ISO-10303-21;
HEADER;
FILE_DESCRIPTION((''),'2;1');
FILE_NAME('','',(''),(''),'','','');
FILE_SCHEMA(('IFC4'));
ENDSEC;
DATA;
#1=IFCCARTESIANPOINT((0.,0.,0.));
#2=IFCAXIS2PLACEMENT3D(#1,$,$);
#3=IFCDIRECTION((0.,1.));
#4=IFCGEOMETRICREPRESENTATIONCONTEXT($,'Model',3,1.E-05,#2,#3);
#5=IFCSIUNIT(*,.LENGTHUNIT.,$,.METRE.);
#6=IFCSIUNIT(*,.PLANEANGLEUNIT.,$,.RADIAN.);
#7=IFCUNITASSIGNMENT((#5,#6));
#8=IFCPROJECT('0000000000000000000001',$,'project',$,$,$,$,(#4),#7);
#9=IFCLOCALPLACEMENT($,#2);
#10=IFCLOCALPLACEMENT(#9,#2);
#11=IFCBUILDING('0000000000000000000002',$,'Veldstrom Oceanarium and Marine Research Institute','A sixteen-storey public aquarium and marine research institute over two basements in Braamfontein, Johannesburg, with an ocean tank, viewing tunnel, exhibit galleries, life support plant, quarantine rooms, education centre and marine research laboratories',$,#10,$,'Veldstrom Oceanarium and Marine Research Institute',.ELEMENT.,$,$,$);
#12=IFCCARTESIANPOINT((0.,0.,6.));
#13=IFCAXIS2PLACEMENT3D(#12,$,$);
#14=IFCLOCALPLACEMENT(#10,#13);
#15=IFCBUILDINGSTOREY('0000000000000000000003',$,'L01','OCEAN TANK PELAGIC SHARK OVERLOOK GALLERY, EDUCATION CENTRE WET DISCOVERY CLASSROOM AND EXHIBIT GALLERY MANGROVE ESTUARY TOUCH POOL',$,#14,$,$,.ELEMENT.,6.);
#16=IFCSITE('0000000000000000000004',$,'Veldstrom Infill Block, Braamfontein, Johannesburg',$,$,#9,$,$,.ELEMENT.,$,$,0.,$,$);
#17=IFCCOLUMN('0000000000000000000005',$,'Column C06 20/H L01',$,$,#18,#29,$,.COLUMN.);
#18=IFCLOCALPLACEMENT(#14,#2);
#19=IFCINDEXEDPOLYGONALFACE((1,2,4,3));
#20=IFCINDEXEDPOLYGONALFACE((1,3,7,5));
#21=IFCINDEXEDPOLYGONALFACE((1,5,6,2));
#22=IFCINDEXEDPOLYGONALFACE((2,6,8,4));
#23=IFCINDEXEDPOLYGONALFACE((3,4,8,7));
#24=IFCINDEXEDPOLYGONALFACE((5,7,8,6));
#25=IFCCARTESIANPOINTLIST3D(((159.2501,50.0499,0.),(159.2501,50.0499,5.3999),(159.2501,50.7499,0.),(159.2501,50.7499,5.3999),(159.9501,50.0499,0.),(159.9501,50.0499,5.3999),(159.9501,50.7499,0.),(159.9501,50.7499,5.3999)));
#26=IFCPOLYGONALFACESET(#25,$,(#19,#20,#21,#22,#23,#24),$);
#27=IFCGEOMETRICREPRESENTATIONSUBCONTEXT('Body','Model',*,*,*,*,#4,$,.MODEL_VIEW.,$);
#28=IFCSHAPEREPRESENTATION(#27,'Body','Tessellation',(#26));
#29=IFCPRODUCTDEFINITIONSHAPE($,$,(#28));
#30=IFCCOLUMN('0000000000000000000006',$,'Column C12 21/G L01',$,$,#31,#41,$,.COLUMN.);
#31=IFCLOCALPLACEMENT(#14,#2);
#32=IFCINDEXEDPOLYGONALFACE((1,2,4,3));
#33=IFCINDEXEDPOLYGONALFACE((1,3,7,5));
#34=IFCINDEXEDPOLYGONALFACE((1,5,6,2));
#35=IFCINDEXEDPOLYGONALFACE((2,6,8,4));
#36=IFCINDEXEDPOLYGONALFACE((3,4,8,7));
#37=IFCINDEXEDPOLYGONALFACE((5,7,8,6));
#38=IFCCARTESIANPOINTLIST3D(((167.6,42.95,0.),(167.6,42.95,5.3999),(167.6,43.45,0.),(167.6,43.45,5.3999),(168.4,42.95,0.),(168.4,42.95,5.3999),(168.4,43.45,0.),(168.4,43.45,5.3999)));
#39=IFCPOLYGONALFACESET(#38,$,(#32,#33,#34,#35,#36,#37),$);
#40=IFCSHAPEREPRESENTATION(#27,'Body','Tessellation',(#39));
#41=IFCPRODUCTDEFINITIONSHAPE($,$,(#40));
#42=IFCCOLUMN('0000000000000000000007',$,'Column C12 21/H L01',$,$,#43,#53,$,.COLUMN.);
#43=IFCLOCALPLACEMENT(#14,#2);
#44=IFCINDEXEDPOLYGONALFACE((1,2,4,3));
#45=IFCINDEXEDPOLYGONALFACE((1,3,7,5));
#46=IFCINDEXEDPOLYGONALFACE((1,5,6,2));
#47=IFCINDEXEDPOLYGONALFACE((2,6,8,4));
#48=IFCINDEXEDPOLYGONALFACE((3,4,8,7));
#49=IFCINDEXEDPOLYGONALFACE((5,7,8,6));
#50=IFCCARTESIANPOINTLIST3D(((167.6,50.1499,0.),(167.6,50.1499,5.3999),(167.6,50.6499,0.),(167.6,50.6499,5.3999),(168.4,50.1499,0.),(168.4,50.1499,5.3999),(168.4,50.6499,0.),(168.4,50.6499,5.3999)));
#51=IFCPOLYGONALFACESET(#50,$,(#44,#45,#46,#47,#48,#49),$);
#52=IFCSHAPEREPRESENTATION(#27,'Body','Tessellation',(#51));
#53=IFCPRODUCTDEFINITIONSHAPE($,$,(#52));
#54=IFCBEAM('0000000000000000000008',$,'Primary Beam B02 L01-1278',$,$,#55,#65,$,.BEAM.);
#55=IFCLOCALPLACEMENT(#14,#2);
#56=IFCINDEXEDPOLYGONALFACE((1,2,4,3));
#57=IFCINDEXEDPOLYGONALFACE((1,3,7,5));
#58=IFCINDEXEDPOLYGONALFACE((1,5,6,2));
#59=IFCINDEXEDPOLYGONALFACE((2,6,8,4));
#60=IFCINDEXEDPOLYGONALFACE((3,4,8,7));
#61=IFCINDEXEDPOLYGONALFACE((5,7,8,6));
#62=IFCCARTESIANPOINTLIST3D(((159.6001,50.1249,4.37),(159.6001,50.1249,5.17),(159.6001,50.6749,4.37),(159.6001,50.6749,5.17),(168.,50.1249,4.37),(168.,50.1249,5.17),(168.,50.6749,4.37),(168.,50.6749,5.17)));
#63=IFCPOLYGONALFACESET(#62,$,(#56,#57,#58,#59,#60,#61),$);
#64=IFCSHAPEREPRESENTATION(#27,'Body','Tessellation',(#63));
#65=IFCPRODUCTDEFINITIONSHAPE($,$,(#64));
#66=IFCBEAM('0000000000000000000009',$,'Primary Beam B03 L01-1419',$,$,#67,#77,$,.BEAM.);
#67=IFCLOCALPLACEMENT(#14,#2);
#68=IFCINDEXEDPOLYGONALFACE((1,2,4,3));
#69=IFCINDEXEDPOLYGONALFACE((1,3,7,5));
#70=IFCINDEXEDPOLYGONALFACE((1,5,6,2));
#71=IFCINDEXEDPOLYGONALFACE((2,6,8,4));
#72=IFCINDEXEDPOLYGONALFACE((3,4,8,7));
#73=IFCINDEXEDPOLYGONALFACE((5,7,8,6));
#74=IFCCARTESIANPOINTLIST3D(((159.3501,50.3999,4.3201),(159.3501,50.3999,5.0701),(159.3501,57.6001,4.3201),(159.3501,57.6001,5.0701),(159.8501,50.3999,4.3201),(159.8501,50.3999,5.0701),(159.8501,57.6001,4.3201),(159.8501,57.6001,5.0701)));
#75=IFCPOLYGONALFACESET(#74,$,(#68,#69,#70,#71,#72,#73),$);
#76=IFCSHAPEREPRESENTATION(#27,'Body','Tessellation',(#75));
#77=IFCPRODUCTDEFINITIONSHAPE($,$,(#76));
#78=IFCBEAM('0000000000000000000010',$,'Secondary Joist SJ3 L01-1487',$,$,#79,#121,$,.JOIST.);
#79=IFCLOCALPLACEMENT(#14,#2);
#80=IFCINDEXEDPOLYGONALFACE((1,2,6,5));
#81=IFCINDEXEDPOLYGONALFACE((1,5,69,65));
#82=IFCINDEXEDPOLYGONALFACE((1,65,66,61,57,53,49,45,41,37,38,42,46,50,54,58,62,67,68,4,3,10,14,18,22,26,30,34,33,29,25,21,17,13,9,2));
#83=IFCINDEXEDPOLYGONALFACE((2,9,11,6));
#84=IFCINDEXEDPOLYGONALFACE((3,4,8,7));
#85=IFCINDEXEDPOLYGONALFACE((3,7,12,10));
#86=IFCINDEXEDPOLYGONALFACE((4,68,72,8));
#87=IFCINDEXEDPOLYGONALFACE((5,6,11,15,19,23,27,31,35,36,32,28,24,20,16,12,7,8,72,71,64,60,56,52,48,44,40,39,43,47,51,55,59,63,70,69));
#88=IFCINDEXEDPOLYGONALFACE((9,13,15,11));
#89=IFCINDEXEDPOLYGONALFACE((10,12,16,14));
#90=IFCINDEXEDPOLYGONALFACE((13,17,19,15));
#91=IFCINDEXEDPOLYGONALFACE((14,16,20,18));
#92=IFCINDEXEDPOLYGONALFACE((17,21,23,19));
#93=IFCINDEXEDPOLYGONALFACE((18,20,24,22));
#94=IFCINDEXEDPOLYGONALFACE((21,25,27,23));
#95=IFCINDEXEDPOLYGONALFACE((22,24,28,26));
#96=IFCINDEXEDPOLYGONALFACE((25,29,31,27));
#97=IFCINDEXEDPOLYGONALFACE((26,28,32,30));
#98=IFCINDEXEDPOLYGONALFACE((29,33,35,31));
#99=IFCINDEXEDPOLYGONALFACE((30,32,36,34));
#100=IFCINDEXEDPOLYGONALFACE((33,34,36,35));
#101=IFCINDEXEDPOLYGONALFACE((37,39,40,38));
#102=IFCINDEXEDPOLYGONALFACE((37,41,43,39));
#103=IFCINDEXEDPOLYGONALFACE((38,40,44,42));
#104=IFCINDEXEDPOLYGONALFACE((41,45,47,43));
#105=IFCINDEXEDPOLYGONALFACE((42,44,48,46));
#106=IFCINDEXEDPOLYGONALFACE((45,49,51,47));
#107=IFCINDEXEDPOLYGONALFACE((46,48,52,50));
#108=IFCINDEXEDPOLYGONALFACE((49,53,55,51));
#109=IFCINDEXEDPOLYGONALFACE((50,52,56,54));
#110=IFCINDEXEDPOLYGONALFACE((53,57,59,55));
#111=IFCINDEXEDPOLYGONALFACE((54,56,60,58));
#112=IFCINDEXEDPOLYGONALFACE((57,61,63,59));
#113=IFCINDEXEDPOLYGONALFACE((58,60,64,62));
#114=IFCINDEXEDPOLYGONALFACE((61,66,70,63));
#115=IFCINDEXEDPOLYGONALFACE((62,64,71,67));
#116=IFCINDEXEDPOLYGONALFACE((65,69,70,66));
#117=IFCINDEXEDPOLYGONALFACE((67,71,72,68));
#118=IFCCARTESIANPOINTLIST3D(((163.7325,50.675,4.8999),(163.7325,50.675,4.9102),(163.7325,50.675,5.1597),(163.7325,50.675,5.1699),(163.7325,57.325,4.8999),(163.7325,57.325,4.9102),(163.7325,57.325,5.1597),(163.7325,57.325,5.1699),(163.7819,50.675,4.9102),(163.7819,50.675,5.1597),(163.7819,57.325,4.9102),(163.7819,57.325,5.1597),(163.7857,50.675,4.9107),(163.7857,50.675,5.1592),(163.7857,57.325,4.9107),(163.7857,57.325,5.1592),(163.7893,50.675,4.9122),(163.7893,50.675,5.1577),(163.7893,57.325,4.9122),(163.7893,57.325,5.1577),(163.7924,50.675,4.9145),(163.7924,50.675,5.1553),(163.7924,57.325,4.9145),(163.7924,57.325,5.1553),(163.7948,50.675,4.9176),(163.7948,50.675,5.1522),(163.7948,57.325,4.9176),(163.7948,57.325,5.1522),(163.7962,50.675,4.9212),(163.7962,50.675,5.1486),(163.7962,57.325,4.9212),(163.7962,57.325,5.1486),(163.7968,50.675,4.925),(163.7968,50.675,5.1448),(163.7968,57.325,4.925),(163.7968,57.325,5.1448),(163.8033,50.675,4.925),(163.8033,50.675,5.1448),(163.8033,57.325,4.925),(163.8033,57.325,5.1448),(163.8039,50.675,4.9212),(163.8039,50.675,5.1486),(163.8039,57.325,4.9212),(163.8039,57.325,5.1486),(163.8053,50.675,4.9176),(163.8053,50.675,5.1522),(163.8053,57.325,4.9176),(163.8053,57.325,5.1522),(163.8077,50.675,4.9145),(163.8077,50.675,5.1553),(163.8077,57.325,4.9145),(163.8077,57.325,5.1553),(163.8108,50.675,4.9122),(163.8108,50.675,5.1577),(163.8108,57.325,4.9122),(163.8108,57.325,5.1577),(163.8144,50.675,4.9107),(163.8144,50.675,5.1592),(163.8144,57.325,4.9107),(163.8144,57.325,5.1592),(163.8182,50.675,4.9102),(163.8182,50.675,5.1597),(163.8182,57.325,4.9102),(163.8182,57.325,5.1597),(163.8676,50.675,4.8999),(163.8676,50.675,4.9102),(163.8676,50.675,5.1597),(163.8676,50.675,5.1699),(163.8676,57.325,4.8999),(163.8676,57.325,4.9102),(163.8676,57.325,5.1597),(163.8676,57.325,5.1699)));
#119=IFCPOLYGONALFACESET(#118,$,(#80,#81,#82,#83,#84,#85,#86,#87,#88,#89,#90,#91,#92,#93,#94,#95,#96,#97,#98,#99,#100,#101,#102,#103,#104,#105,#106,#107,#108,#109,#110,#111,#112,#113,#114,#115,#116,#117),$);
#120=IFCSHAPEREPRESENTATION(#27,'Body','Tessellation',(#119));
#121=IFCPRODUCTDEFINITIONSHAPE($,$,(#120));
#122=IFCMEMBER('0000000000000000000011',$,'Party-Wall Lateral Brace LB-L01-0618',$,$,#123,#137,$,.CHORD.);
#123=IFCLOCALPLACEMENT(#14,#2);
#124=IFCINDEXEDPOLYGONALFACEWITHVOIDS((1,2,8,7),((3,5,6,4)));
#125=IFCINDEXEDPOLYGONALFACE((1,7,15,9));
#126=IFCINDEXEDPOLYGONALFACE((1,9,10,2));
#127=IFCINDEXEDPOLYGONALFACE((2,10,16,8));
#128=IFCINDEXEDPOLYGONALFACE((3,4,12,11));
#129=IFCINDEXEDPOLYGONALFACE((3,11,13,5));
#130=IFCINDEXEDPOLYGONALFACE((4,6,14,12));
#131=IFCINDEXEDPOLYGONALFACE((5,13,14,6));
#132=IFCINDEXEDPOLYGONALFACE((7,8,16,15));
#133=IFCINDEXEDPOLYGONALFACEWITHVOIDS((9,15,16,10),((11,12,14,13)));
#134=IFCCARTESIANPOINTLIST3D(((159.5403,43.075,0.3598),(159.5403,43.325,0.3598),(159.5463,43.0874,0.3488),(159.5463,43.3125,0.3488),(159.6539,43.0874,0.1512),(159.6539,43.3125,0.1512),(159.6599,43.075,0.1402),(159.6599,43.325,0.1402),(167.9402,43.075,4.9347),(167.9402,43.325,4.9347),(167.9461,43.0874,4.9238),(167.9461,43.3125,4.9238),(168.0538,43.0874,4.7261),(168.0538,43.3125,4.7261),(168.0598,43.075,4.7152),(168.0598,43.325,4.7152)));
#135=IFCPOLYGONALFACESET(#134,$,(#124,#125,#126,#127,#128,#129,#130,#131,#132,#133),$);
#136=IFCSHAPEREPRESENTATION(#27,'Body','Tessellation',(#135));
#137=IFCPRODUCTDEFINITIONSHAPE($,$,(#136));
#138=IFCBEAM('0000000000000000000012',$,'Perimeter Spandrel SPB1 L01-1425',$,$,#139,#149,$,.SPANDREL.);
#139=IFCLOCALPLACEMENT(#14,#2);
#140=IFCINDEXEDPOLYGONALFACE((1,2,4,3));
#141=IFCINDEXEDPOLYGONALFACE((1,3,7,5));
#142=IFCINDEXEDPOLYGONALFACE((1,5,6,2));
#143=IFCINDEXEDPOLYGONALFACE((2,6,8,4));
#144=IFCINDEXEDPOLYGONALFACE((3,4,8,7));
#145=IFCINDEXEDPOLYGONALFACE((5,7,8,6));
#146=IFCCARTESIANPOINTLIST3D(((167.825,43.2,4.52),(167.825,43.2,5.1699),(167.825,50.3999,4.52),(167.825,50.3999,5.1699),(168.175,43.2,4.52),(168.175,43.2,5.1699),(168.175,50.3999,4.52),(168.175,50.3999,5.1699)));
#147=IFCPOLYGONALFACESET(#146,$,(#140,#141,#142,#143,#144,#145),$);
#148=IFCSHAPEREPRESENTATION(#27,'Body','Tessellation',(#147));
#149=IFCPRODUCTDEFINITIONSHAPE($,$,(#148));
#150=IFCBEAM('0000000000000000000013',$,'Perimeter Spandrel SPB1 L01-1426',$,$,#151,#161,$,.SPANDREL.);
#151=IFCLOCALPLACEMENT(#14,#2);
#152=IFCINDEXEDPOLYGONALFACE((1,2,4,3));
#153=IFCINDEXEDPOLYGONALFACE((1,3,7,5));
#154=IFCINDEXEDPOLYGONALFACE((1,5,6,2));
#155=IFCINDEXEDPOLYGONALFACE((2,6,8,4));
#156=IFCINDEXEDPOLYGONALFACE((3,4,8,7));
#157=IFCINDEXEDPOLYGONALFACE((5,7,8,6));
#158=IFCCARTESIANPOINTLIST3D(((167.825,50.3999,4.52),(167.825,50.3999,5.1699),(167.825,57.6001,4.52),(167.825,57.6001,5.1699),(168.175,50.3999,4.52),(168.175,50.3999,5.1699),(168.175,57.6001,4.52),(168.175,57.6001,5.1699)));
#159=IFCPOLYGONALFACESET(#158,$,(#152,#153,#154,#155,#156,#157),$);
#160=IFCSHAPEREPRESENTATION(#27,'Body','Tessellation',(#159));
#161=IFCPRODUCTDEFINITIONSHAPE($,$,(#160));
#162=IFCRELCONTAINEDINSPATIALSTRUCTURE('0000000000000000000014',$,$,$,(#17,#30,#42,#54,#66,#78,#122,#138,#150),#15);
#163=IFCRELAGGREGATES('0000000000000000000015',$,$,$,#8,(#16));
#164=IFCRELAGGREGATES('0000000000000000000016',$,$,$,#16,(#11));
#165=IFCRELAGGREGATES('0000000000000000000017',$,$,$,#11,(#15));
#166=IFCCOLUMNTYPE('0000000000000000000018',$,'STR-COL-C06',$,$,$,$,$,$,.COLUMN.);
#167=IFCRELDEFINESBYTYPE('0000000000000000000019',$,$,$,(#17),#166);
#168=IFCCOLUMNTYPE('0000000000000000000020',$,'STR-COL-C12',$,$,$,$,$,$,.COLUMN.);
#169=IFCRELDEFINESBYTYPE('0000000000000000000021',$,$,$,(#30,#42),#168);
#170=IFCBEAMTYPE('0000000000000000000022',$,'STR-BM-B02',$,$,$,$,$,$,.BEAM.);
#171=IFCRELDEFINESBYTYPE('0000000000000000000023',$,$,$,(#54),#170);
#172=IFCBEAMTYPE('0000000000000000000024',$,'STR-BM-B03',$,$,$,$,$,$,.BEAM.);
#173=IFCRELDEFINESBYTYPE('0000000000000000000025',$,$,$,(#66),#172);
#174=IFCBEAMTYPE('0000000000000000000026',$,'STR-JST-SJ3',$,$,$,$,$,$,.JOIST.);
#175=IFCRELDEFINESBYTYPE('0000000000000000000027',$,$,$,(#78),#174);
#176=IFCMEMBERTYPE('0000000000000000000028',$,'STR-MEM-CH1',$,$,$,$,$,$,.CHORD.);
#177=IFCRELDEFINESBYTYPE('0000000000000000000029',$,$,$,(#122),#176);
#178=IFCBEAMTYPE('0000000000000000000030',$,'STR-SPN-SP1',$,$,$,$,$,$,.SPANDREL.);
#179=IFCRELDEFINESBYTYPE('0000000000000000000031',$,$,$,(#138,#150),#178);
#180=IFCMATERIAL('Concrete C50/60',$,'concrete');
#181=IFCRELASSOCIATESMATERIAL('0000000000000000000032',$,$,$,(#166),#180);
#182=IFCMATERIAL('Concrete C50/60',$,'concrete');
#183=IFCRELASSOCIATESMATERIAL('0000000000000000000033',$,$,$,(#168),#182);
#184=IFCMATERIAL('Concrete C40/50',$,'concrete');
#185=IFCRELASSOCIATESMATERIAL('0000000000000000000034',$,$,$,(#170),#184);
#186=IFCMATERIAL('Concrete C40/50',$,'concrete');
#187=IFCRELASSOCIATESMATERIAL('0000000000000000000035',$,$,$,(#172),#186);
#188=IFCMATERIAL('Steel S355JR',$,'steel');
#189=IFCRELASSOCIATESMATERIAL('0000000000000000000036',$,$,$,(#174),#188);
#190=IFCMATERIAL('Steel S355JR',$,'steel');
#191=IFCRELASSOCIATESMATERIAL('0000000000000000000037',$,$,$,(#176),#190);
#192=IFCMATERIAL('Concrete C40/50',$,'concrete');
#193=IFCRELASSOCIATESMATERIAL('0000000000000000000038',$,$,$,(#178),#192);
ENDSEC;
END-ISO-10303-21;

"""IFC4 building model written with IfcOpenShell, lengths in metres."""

from ifc_helpers import new_model, si_unit, direction, frame, origin, origin_2d, place, context, subcontext, project, spatial, rectangle, hollow_rectangle, i_section, extrude, material, material_profile, profile_set, type_object, element, save


model = new_model("IFC4")

# Units and contexts
model_context = context("Model", 3, precision=1e-05, world=origin(), true_north=direction((0.0, 1.0)))
body_context = subcontext(model_context, "Body", "Model", "MODEL_VIEW")
ifc_project = project(units=[si_unit("LENGTHUNIT", "METRE"), si_unit("PLANEANGLEUNIT", "RADIAN")], contexts=[model_context])

# Site, building, storey
site_placement = place(None, origin())
site = spatial("IfcSite", under=ifc_project, at=site_placement, Name="Veldstrom Infill Block, Braamfontein, Johannesburg", CompositionType="ELEMENT", RefElevation=0.0)
building_placement = place(site_placement, origin())
building = spatial("IfcBuilding", under=site, at=building_placement, Name="Veldstrom Oceanarium and Marine Research Institute", Description="A sixteen-storey public aquarium and marine research institute over two basements in Braamfontein, Johannesburg, with an ocean tank, viewing tunnel, exhibit galleries, life support plant, quarantine rooms, education centre and marine research laboratories", LongName="Veldstrom Oceanarium and Marine Research Institute", CompositionType="ELEMENT")
storey_placement = place(building_placement, frame((0.0, 0.0, 6.0)))
storey = spatial("IfcBuildingStorey", under=building, at=storey_placement, Name="L01", Description="OCEAN TANK PELAGIC SHARK OVERLOOK GALLERY, EDUCATION CENTRE WET DISCOVERY CLASSROOM AND EXHIBIT GALLERY MANGROVE ESTUARY TOUCH POOL", CompositionType="ELEMENT", Elevation=6.0)

# Columns
ifc_material_1 = material(Name="Concrete C50/60", Category="concrete")
ifc_material_profile_1 = material_profile(ifc_material_1, rectangle(XDim=0.7, YDim=0.7, at=origin_2d()), Name="RC-COL-700x700")
ifc_profile_set_1 = profile_set([ifc_material_profile_1], Name="Concrete C50/60")
column_type_1 = type_object("IfcColumnType", Name="STR-COL-C06", PredefinedType="COLUMN", material=ifc_profile_set_1)
column_placement = place(storey_placement, frame((159.6001, 50.3999, 0.0), z_axis=(0.0, 0.0, 1.0), x_axis=(1.0, 0.0, 0.0)))
element("IfcColumn", 1, at=column_placement, inside=storey, type_object=column_type_1, Name="Column C06 20/H L01", PredefinedType="COLUMN", context=body_context, shape_type="SweptSolid", body=[
    extrude(rectangle(XDim=0.7, YDim=0.7, at=origin_2d()), origin(), (0.0, 0.0, 1.0), 5.3999),
])
ifc_material_2 = material(Name="Concrete C50/60", Category="concrete")
ifc_material_profile_2 = material_profile(ifc_material_2, rectangle(XDim=0.5, YDim=0.8, at=origin_2d()), Name="RC-COL-800x500")
ifc_profile_set_2 = profile_set([ifc_material_profile_2], Name="Concrete C50/60")
column_type_2 = type_object("IfcColumnType", Name="STR-COL-C12", PredefinedType="COLUMN", material=ifc_profile_set_2)
for number, where, z_axis, x_axis, name in (
    (2, (168.0, 43.2, 0.0), (0.0, 0.0, 1.0), (0.0, 1.0, 0.0), "Column C12 21/G L01"),
    (3, (168.0, 50.3999, 0.0), (0.0, 0.0, 1.0), (0.0, 1.0, 0.0), "Column C12 21/H L01"),
):
    element("IfcColumn", number, at=place(storey_placement, frame(where, z_axis=z_axis, x_axis=x_axis)), inside=storey, type_object=column_type_2, Name=name, PredefinedType="COLUMN", context=body_context, shape_type="SweptSolid", body=[
        extrude(rectangle(XDim=0.5, YDim=0.8, at=origin_2d()), origin(), (0.0, 0.0, 1.0), 5.3999),
    ])

# Beams
ifc_material_3 = material(Name="Concrete C40/50", Category="concrete")
ifc_material_profile_3 = material_profile(ifc_material_3, rectangle(XDim=0.55, YDim=0.8, at=origin_2d()), Name="RC-BM-550x800")
ifc_profile_set_3 = profile_set([ifc_material_profile_3], Name="Concrete C40/50")
beam_type_1 = type_object("IfcBeamType", Name="STR-BM-B02", PredefinedType="BEAM", material=ifc_profile_set_3)
beam_1_placement = place(storey_placement, frame((159.6001, 50.3999, 4.77), z_axis=(1.0, 0.0, 0.0), x_axis=(0.0, 1.0, 0.0)))
element("IfcBeam", 4, at=beam_1_placement, inside=storey, type_object=beam_type_1, Name="Primary Beam B02 L01-1278", PredefinedType="BEAM", context=body_context, shape_type="SweptSolid", body=[
    extrude(rectangle(XDim=0.55, YDim=0.8, at=origin_2d()), origin(), (0.0, 0.0, 1.0), 8.3999),
])
ifc_material_4 = material(Name="Concrete C40/50", Category="concrete")
ifc_material_profile_4 = material_profile(ifc_material_4, rectangle(XDim=0.5, YDim=0.75, at=origin_2d()), Name="RC-BM-500x750")
ifc_profile_set_4 = profile_set([ifc_material_profile_4], Name="Concrete C40/50")
beam_type_2 = type_object("IfcBeamType", Name="STR-BM-B03", PredefinedType="BEAM", material=ifc_profile_set_4)
beam_2_placement = place(storey_placement, frame((159.6001, 50.3999, 4.6951), z_axis=(0.0, 1.0, 0.0), x_axis=(-1.0, 0.0, 0.0)))
element("IfcBeam", 5, at=beam_2_placement, inside=storey, type_object=beam_type_2, Name="Primary Beam B03 L01-1419", PredefinedType="BEAM", context=body_context, shape_type="SweptSolid", body=[
    extrude(rectangle(XDim=0.5, YDim=0.75, at=origin_2d()), origin(), (0.0, 0.0, 1.0), 7.2002),
])
ifc_material_5 = material(Name="Steel S355JR", Category="steel")
ifc_material_profile_5 = material_profile(ifc_material_5, i_section(OverallWidth=0.135, OverallDepth=0.27, WebThickness=0.0066, FlangeThickness=0.0103, FilletRadius=0.0149, at=origin_2d()), Name="IPE 270")
ifc_profile_set_5 = profile_set([ifc_material_profile_5], Name="Steel S355JR")
beam_type_3 = type_object("IfcBeamType", Name="STR-JST-SJ3", PredefinedType="JOIST", material=ifc_profile_set_5)
beam_3_placement = place(storey_placement, frame((163.8, 50.675, 5.0349), z_axis=(0.0, 1.0, 0.0), x_axis=(-1.0, 0.0, 0.0)))
element("IfcBeam", 6, at=beam_3_placement, inside=storey, type_object=beam_type_3, Name="Secondary Joist SJ3 L01-1487", PredefinedType="JOIST", context=body_context, shape_type="SweptSolid", body=[
    extrude(i_section(OverallWidth=0.135, OverallDepth=0.27, WebThickness=0.0066, FlangeThickness=0.0103, FilletRadius=0.0149, at=origin_2d()), origin(), (0.0, 0.0, 1.0), 6.6499),
])

# Member
ifc_material_6 = material(Name="Steel S355JR", Category="steel")
ifc_material_profile_6 = material_profile(ifc_material_6, hollow_rectangle(XDim=0.25, YDim=0.25, WallThickness=0.0125, at=origin_2d()), Name="SHS 250x250x12.5")
ifc_profile_set_6 = profile_set([ifc_material_profile_6], Name="Steel S355JR")
member_type = type_object("IfcMemberType", Name="STR-MEM-CH1", PredefinedType="CHORD", material=ifc_profile_set_6)
member_placement = place(storey_placement, frame((159.6001, 43.2, 0.25), z_axis=(0.878195, 0.0, 0.478303), x_axis=(0.0, 1.0, 0.0)))
element("IfcMember", 7, at=member_placement, inside=storey, type_object=member_type, Name="Party-Wall Lateral Brace LB-L01-0618", PredefinedType="CHORD", context=body_context, shape_type="SweptSolid", body=[
    extrude(hollow_rectangle(XDim=0.25, YDim=0.25, WallThickness=0.0125, at=origin_2d()), origin(), (0.0, 0.0, 1.0), 9.5649),
])

# Beams
ifc_material_7 = material(Name="Concrete C40/50", Category="concrete")
ifc_material_profile_7 = material_profile(ifc_material_7, rectangle(XDim=0.3501, YDim=0.6499, at=origin_2d()), Name="RC-SPN-350x650")
ifc_profile_set_7 = profile_set([ifc_material_profile_7], Name="Concrete C40/50")
beam_type_4 = type_object("IfcBeamType", Name="STR-SPN-SP1", PredefinedType="SPANDREL", material=ifc_profile_set_7)
beam_4_placement = place(storey_placement, frame((168.0, 43.2, 4.845), z_axis=(0.0, 1.0, 0.0), x_axis=(-1.0, 0.0, 0.0)))
element("IfcBeam", 8, at=beam_4_placement, inside=storey, type_object=beam_type_4, Name="Perimeter Spandrel SPB1 L01-1425", PredefinedType="SPANDREL", context=body_context, shape_type="SweptSolid", body=[
    extrude(rectangle(XDim=0.3501, YDim=0.6499, at=origin_2d()), origin(), (0.0, 0.0, 1.0), 7.2),
])
beam_5_placement = place(storey_placement, frame((168.0, 50.3999, 4.845), z_axis=(0.0, 1.0, 0.0), x_axis=(-1.0, 0.0, 0.0)))
element("IfcBeam", 9, at=beam_5_placement, inside=storey, type_object=beam_type_4, Name="Perimeter Spandrel SPB1 L01-1426", PredefinedType="SPANDREL", context=body_context, shape_type="SweptSolid", body=[
    extrude(rectangle(XDim=0.3501, YDim=0.6499, at=origin_2d()), origin(), (0.0, 0.0, 1.0), 7.2002),
])

save(model, "model.ifc")
